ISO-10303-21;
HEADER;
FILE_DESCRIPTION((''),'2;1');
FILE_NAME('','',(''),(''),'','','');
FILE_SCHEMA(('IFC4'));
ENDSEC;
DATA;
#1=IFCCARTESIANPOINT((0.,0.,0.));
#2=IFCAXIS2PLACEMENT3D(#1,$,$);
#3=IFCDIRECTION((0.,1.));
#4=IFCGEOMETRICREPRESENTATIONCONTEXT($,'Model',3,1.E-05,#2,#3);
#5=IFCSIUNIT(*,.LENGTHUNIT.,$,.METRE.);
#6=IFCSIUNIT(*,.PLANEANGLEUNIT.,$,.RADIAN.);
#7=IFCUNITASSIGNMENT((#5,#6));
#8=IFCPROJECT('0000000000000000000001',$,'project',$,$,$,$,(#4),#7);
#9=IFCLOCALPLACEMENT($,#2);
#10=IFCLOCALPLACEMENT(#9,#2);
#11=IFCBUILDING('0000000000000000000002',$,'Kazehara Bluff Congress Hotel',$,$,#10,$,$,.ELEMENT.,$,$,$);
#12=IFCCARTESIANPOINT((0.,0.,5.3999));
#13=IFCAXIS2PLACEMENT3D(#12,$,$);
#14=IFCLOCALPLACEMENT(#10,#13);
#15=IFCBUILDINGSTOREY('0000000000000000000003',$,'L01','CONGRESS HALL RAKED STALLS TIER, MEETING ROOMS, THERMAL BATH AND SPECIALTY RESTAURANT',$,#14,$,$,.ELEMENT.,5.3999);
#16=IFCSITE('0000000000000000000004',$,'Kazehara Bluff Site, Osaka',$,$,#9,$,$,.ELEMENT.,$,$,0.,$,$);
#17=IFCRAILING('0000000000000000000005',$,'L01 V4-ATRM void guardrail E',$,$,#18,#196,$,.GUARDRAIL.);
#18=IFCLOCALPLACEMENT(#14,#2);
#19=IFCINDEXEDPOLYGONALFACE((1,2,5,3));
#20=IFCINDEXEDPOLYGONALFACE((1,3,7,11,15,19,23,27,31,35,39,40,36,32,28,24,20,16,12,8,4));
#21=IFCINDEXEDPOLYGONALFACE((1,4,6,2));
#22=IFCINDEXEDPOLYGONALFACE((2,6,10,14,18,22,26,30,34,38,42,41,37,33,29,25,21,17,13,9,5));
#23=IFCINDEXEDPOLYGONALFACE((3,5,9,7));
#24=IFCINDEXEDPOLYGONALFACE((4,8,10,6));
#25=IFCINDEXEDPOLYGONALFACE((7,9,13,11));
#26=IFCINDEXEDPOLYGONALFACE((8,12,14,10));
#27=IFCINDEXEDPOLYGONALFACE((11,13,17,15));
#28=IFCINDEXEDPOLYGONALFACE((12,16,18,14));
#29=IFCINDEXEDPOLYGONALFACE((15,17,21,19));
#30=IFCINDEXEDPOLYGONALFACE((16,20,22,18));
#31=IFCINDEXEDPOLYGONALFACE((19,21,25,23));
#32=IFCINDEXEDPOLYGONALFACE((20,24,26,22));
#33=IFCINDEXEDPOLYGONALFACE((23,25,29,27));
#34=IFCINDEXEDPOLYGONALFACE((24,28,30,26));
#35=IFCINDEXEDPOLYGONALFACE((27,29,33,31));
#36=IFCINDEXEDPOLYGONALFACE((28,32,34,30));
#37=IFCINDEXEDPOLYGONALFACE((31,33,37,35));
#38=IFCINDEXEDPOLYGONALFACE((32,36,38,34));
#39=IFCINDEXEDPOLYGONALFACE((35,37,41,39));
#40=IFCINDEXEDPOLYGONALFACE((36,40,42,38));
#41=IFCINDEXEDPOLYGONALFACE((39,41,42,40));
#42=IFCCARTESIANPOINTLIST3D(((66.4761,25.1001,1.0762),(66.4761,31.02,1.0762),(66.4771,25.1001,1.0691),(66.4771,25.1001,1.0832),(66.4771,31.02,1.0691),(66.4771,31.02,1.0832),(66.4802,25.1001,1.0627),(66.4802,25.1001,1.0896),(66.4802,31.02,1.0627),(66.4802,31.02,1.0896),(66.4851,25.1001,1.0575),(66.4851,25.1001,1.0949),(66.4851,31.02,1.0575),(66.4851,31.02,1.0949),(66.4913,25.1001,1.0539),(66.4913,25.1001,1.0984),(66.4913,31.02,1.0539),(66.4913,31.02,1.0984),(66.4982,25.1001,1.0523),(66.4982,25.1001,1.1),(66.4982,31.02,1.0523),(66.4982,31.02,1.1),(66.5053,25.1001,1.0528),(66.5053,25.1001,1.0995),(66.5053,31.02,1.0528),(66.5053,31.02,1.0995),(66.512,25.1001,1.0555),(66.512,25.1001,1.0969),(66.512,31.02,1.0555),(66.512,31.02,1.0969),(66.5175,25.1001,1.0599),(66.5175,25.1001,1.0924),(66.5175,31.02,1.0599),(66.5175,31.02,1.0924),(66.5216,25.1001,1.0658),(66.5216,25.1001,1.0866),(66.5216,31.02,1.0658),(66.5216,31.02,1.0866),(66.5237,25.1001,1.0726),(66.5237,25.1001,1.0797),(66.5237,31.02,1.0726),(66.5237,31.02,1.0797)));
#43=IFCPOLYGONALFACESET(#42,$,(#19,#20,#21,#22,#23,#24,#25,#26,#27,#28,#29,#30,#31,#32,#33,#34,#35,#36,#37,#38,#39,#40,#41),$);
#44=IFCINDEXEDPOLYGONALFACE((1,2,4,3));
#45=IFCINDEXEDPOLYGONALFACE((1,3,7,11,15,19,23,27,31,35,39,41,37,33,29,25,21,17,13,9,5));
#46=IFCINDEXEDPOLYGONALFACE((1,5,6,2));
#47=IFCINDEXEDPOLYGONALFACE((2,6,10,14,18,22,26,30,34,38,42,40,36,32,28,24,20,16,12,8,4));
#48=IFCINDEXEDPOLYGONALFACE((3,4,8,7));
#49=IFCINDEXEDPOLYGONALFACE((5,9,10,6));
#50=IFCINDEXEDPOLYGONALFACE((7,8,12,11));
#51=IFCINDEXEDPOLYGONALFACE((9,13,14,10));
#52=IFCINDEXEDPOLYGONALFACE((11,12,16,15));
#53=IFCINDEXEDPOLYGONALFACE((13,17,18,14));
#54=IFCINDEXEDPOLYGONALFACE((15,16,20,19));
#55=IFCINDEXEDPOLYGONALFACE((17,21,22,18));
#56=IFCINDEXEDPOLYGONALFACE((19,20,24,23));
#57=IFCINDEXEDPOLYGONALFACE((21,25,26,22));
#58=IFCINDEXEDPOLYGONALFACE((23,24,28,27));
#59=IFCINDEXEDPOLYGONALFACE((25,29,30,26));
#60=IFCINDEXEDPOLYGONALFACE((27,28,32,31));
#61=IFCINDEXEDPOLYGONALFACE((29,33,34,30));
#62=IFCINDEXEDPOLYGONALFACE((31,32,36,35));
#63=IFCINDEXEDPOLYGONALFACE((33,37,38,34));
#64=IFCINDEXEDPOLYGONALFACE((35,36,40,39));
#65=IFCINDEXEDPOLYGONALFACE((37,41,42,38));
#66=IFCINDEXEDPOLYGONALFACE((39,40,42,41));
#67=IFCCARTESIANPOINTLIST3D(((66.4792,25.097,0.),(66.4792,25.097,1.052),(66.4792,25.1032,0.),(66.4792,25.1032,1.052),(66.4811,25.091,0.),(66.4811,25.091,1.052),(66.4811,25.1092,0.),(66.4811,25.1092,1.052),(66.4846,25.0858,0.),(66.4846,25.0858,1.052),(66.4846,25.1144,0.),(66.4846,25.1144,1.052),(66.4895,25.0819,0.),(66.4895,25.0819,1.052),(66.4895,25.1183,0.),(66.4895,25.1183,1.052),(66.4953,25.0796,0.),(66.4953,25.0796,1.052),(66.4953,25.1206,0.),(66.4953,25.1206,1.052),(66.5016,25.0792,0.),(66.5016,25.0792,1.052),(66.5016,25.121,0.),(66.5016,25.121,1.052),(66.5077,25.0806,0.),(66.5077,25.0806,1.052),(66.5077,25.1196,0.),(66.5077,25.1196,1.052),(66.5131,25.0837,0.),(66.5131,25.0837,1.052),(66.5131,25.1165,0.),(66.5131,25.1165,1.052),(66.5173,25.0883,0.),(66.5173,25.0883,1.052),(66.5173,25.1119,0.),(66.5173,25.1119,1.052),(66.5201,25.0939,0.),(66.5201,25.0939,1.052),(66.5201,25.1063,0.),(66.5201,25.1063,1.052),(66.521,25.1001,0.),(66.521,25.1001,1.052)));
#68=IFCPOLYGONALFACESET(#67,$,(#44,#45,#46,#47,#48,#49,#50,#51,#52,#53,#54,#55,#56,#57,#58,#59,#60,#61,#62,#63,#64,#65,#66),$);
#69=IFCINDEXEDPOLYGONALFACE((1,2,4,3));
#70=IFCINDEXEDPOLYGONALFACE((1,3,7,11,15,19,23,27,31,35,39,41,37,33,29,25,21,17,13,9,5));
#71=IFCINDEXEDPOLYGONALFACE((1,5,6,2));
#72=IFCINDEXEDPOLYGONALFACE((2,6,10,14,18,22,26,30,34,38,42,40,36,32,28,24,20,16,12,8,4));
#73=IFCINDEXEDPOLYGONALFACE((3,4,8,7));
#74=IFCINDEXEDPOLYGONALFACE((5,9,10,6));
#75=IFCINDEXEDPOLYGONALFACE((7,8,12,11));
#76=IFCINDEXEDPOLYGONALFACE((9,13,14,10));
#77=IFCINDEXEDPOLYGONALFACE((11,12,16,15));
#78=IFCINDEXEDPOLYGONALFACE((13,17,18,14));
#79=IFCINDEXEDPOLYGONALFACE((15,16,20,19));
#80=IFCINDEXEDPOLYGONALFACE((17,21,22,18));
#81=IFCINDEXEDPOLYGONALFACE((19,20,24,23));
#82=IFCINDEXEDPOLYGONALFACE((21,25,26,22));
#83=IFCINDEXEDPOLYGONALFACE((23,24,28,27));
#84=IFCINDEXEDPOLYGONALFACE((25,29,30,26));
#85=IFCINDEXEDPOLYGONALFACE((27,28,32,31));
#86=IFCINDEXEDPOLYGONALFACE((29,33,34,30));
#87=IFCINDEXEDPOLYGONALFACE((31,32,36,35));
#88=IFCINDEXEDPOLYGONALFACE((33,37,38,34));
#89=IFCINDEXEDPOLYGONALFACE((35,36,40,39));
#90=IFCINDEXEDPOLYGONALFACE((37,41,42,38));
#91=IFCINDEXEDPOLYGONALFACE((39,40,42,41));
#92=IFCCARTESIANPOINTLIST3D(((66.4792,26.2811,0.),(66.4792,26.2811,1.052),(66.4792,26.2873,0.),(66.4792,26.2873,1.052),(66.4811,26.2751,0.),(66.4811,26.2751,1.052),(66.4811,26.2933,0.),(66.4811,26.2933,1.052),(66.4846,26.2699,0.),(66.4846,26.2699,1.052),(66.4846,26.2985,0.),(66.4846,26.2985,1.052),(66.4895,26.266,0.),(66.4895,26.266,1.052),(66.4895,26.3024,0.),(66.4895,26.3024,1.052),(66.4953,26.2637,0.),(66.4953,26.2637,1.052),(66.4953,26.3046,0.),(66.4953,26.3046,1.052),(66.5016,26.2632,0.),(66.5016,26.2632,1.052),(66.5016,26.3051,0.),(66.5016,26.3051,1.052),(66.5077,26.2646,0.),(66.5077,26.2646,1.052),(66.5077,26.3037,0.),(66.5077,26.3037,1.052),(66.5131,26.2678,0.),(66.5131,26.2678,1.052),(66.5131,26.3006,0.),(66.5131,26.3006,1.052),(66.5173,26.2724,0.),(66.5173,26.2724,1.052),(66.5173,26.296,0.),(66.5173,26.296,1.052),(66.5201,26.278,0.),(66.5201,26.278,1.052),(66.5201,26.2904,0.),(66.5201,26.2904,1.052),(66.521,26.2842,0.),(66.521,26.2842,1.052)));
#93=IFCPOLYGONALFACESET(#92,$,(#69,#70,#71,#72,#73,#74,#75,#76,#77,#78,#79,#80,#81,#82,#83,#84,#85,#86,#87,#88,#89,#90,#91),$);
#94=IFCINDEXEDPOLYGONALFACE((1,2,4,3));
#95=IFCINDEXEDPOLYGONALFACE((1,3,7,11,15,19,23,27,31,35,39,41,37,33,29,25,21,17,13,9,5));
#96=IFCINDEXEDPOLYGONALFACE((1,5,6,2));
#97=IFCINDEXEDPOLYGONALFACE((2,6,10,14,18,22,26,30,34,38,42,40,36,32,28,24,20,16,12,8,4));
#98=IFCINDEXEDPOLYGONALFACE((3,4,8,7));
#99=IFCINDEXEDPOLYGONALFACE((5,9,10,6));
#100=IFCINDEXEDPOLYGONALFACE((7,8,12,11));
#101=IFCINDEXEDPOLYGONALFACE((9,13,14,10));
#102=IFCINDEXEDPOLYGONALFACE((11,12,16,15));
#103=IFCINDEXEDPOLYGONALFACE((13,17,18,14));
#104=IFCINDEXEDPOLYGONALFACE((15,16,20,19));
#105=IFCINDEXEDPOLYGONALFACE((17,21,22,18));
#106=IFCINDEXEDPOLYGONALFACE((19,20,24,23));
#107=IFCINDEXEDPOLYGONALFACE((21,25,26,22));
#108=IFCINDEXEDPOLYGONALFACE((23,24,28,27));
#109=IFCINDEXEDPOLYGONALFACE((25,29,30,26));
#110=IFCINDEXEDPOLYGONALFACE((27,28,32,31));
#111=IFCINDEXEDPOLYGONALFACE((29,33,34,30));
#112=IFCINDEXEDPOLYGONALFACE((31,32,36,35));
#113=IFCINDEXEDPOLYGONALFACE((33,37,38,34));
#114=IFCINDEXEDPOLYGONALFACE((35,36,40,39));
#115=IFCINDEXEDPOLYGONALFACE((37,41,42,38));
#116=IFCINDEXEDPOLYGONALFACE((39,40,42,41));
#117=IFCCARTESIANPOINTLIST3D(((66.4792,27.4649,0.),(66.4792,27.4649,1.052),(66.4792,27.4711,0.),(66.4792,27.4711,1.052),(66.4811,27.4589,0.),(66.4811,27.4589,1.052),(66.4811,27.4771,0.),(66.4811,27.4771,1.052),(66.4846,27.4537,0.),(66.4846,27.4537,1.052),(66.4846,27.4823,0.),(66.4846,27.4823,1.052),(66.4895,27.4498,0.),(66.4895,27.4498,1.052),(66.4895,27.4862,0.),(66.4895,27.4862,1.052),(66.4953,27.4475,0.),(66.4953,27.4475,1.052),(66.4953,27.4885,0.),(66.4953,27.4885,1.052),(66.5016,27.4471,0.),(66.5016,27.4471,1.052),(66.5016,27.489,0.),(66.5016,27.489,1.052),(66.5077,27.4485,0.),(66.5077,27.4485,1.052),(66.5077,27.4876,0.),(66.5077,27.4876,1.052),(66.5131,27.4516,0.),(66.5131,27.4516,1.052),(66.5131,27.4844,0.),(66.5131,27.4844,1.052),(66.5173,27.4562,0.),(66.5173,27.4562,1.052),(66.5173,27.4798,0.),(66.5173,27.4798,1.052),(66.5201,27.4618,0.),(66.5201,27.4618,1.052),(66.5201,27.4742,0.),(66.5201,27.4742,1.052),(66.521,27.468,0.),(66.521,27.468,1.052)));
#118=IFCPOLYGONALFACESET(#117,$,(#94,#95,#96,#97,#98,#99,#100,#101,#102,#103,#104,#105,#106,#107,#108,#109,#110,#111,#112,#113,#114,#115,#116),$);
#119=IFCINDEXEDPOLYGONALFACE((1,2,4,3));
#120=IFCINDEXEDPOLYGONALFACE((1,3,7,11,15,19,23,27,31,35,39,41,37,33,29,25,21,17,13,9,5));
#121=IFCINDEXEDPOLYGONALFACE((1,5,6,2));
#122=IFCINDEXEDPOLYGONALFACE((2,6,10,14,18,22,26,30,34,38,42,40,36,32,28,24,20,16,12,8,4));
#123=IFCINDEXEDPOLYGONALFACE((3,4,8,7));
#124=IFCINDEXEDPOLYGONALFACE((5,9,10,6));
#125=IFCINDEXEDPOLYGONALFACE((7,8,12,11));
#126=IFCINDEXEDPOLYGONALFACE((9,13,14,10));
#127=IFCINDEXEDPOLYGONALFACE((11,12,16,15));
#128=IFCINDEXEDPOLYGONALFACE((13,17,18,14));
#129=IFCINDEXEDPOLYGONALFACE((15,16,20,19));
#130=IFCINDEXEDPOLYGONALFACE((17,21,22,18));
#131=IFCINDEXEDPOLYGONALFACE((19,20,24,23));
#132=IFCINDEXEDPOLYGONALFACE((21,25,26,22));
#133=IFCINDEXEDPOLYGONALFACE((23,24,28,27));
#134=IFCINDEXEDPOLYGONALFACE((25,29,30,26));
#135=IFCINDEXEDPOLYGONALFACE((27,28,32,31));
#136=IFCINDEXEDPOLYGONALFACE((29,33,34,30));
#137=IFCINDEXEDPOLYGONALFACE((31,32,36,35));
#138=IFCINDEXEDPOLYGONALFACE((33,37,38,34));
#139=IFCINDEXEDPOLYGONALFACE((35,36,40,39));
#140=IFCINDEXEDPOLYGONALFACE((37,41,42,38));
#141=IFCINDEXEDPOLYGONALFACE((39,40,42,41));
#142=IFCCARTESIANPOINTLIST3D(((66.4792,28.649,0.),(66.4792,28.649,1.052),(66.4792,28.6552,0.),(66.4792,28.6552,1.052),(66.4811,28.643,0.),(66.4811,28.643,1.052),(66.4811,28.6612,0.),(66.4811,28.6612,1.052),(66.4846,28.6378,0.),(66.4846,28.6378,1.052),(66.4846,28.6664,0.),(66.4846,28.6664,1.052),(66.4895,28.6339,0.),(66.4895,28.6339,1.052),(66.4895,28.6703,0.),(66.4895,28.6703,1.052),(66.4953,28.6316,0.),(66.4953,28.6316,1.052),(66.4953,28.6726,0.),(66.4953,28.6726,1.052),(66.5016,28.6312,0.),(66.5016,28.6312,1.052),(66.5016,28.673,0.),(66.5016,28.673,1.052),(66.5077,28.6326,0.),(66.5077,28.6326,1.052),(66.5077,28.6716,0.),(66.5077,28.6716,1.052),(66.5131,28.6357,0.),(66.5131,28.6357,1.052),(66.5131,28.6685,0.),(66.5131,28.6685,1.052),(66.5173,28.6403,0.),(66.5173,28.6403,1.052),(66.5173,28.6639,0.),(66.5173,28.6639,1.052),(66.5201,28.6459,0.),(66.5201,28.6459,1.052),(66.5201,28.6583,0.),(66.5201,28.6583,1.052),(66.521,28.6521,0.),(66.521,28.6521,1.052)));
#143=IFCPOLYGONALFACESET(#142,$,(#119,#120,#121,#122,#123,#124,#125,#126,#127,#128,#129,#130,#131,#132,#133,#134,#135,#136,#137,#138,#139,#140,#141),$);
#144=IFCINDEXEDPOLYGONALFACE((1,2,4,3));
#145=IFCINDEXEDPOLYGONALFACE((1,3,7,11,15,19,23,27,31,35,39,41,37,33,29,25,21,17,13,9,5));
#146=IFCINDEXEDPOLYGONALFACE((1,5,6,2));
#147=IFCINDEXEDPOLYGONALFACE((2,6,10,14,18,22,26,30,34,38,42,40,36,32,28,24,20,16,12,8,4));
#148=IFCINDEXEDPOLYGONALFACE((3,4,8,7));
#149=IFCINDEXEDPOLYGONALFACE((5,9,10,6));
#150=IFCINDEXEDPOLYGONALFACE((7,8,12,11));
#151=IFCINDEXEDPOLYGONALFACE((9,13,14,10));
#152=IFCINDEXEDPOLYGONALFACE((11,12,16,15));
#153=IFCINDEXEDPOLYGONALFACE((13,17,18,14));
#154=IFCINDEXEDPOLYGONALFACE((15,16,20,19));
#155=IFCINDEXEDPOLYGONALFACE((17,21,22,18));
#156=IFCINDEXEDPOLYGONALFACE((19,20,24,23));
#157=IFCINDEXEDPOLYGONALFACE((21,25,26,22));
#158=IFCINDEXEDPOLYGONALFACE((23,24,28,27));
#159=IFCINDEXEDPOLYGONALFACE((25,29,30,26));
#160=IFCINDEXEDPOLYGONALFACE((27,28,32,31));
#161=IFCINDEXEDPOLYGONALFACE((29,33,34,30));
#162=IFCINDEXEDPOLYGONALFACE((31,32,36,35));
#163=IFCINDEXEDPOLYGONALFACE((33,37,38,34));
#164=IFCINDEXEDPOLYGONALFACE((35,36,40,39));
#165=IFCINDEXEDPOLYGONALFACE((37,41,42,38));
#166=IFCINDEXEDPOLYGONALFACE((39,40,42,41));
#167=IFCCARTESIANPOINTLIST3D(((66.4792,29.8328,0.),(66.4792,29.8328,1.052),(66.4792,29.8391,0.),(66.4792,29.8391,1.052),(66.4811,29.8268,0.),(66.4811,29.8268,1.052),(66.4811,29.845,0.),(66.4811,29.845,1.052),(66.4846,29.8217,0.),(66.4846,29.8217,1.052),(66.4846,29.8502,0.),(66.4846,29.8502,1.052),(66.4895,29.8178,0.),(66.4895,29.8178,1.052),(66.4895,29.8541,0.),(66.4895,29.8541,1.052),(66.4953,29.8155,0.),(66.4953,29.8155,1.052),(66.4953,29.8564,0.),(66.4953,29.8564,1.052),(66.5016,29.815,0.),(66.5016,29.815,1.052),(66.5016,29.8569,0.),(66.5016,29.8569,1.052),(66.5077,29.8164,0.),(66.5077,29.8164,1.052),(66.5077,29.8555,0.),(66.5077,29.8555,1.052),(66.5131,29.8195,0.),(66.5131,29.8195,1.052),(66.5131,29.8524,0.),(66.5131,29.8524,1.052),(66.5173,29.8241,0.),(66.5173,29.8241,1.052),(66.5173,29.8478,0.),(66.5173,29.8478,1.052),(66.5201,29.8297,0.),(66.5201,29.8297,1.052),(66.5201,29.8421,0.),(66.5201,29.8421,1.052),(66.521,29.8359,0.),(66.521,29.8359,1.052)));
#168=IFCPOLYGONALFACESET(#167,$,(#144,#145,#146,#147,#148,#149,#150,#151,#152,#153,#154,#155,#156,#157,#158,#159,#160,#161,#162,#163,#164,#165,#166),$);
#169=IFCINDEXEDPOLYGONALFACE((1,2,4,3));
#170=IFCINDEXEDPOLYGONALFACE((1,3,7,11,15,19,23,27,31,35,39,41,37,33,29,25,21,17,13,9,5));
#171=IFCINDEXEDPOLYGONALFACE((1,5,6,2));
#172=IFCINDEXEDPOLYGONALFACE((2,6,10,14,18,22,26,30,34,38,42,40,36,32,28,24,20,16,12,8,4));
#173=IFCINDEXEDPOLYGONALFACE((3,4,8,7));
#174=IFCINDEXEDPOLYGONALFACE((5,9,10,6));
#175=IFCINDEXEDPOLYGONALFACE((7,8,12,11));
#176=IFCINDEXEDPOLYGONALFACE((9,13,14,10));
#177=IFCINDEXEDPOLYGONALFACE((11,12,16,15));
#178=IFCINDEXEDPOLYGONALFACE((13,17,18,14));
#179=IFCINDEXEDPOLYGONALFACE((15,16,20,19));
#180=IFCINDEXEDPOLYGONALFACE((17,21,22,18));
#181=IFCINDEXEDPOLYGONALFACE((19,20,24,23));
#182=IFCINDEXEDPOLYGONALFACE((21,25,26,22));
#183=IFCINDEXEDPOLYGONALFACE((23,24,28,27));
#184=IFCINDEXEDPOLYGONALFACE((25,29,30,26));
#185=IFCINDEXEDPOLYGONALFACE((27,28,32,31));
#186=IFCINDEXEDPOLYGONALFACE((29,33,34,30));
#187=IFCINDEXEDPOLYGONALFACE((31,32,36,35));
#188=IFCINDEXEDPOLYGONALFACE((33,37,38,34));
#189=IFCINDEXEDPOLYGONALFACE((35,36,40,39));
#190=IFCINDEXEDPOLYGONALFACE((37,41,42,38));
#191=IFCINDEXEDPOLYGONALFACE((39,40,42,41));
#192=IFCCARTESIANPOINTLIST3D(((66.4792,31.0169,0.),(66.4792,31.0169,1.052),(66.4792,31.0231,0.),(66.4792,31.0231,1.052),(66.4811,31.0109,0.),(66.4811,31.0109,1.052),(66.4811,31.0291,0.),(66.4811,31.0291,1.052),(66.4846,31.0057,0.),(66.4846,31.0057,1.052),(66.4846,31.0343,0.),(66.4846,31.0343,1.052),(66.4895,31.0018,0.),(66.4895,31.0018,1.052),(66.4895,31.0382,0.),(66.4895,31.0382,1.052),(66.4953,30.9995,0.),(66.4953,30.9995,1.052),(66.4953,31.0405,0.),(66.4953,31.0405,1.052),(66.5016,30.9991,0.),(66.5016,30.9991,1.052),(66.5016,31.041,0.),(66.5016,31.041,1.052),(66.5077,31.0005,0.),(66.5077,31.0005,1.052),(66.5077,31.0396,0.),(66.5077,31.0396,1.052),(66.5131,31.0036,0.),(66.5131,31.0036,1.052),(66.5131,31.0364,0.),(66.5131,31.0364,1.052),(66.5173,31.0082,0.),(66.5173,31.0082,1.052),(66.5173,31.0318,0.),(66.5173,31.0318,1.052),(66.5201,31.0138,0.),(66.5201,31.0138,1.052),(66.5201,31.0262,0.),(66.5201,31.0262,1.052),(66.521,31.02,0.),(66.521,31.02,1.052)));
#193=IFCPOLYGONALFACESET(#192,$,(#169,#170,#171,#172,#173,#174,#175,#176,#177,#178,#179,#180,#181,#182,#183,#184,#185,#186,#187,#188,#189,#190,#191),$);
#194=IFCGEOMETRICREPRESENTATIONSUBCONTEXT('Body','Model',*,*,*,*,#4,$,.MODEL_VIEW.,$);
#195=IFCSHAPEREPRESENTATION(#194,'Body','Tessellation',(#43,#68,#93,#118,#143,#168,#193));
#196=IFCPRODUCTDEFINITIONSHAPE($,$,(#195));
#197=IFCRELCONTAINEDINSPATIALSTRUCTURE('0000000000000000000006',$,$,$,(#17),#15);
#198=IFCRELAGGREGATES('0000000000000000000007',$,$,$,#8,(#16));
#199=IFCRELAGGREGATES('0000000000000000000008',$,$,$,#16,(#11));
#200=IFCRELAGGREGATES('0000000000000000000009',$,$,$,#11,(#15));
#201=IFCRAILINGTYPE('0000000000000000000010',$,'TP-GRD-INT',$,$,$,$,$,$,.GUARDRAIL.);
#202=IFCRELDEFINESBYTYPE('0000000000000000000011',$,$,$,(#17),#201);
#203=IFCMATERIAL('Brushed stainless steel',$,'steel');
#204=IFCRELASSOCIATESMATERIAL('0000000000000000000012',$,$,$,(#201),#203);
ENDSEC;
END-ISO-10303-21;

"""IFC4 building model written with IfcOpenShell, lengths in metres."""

from ifc_helpers import new_model, si_unit, direction, frame, origin, origin_2d, place, context, subcontext, project, spatial, circle, extrude, material, type_object, element, save


model = new_model("IFC4")

# Units and contexts
model_context = context("Model", 3, precision=1e-05, world=origin(), true_north=direction((0.0, 1.0)))
body_context = subcontext(model_context, "Body", "Model", "MODEL_VIEW")
ifc_project = project(units=[si_unit("LENGTHUNIT", "METRE"), si_unit("PLANEANGLEUNIT", "RADIAN")], contexts=[model_context])

# Site, building, storey
site_placement = place(None, origin())
site = spatial("IfcSite", under=ifc_project, at=site_placement, Name="Kazehara Bluff Site, Osaka", CompositionType="ELEMENT", RefElevation=0.0)
building_placement = place(site_placement, origin())
building = spatial("IfcBuilding", under=site, at=building_placement, Name="Kazehara Bluff Congress Hotel", CompositionType="ELEMENT")
storey_placement = place(building_placement, frame((0.0, 0.0, 5.3999)))
storey = spatial("IfcBuildingStorey", under=building, at=storey_placement, Name="L01", Description="CONGRESS HALL RAKED STALLS TIER, MEETING ROOMS, THERMAL BATH AND SPECIALTY RESTAURANT", CompositionType="ELEMENT", Elevation=5.3999)

# Railing
ifc_material_1 = material(Name="Brushed stainless steel", Category="steel")
railing_type = type_object("IfcRailingType", Name="TP-GRD-INT", PredefinedType="GUARDRAIL", material=ifc_material_1)
railing_1_placement = place(storey_placement, frame((66.5, 25.1001, 0.0)))
element("IfcRailing", 1, at=railing_1_placement, inside=storey, type_object=railing_type, Name="L01 V4-ATRM void guardrail E", PredefinedType="GUARDRAIL", context=body_context, shape_type="SweptSolid", body=[
    extrude(circle(Radius=0.0239, at=origin_2d()), frame((0.0, 0.0, 1.0762), z_axis=(0.0, 1.0, 0.0), x_axis=(-1.0, 0.0, 0.0)), (0.0, 0.0, 1.0), 5.9199),
    extrude(circle(Radius=0.021, at=origin_2d()), origin(), (0.0, 0.0, 1.0), 1.052),
    extrude(circle(Radius=0.021, at=origin_2d()), frame((0.0, 1.1841, 0.0)), (0.0, 0.0, 1.0), 1.052),
    extrude(circle(Radius=0.021, at=origin_2d()), frame((0.0, 2.3679, 0.0)), (0.0, 0.0, 1.0), 1.052),
    extrude(circle(Radius=0.021, at=origin_2d()), frame((0.0, 3.552, 0.0)), (0.0, 0.0, 1.0), 1.052),
    extrude(circle(Radius=0.021, at=origin_2d()), frame((0.0, 4.7358, 0.0)), (0.0, 0.0, 1.0), 1.052),
    extrude(circle(Radius=0.021, at=origin_2d()), frame((0.0, 5.9199, 0.0)), (0.0, 0.0, 1.0), 1.052),
])

save(model, "model.ifc")
